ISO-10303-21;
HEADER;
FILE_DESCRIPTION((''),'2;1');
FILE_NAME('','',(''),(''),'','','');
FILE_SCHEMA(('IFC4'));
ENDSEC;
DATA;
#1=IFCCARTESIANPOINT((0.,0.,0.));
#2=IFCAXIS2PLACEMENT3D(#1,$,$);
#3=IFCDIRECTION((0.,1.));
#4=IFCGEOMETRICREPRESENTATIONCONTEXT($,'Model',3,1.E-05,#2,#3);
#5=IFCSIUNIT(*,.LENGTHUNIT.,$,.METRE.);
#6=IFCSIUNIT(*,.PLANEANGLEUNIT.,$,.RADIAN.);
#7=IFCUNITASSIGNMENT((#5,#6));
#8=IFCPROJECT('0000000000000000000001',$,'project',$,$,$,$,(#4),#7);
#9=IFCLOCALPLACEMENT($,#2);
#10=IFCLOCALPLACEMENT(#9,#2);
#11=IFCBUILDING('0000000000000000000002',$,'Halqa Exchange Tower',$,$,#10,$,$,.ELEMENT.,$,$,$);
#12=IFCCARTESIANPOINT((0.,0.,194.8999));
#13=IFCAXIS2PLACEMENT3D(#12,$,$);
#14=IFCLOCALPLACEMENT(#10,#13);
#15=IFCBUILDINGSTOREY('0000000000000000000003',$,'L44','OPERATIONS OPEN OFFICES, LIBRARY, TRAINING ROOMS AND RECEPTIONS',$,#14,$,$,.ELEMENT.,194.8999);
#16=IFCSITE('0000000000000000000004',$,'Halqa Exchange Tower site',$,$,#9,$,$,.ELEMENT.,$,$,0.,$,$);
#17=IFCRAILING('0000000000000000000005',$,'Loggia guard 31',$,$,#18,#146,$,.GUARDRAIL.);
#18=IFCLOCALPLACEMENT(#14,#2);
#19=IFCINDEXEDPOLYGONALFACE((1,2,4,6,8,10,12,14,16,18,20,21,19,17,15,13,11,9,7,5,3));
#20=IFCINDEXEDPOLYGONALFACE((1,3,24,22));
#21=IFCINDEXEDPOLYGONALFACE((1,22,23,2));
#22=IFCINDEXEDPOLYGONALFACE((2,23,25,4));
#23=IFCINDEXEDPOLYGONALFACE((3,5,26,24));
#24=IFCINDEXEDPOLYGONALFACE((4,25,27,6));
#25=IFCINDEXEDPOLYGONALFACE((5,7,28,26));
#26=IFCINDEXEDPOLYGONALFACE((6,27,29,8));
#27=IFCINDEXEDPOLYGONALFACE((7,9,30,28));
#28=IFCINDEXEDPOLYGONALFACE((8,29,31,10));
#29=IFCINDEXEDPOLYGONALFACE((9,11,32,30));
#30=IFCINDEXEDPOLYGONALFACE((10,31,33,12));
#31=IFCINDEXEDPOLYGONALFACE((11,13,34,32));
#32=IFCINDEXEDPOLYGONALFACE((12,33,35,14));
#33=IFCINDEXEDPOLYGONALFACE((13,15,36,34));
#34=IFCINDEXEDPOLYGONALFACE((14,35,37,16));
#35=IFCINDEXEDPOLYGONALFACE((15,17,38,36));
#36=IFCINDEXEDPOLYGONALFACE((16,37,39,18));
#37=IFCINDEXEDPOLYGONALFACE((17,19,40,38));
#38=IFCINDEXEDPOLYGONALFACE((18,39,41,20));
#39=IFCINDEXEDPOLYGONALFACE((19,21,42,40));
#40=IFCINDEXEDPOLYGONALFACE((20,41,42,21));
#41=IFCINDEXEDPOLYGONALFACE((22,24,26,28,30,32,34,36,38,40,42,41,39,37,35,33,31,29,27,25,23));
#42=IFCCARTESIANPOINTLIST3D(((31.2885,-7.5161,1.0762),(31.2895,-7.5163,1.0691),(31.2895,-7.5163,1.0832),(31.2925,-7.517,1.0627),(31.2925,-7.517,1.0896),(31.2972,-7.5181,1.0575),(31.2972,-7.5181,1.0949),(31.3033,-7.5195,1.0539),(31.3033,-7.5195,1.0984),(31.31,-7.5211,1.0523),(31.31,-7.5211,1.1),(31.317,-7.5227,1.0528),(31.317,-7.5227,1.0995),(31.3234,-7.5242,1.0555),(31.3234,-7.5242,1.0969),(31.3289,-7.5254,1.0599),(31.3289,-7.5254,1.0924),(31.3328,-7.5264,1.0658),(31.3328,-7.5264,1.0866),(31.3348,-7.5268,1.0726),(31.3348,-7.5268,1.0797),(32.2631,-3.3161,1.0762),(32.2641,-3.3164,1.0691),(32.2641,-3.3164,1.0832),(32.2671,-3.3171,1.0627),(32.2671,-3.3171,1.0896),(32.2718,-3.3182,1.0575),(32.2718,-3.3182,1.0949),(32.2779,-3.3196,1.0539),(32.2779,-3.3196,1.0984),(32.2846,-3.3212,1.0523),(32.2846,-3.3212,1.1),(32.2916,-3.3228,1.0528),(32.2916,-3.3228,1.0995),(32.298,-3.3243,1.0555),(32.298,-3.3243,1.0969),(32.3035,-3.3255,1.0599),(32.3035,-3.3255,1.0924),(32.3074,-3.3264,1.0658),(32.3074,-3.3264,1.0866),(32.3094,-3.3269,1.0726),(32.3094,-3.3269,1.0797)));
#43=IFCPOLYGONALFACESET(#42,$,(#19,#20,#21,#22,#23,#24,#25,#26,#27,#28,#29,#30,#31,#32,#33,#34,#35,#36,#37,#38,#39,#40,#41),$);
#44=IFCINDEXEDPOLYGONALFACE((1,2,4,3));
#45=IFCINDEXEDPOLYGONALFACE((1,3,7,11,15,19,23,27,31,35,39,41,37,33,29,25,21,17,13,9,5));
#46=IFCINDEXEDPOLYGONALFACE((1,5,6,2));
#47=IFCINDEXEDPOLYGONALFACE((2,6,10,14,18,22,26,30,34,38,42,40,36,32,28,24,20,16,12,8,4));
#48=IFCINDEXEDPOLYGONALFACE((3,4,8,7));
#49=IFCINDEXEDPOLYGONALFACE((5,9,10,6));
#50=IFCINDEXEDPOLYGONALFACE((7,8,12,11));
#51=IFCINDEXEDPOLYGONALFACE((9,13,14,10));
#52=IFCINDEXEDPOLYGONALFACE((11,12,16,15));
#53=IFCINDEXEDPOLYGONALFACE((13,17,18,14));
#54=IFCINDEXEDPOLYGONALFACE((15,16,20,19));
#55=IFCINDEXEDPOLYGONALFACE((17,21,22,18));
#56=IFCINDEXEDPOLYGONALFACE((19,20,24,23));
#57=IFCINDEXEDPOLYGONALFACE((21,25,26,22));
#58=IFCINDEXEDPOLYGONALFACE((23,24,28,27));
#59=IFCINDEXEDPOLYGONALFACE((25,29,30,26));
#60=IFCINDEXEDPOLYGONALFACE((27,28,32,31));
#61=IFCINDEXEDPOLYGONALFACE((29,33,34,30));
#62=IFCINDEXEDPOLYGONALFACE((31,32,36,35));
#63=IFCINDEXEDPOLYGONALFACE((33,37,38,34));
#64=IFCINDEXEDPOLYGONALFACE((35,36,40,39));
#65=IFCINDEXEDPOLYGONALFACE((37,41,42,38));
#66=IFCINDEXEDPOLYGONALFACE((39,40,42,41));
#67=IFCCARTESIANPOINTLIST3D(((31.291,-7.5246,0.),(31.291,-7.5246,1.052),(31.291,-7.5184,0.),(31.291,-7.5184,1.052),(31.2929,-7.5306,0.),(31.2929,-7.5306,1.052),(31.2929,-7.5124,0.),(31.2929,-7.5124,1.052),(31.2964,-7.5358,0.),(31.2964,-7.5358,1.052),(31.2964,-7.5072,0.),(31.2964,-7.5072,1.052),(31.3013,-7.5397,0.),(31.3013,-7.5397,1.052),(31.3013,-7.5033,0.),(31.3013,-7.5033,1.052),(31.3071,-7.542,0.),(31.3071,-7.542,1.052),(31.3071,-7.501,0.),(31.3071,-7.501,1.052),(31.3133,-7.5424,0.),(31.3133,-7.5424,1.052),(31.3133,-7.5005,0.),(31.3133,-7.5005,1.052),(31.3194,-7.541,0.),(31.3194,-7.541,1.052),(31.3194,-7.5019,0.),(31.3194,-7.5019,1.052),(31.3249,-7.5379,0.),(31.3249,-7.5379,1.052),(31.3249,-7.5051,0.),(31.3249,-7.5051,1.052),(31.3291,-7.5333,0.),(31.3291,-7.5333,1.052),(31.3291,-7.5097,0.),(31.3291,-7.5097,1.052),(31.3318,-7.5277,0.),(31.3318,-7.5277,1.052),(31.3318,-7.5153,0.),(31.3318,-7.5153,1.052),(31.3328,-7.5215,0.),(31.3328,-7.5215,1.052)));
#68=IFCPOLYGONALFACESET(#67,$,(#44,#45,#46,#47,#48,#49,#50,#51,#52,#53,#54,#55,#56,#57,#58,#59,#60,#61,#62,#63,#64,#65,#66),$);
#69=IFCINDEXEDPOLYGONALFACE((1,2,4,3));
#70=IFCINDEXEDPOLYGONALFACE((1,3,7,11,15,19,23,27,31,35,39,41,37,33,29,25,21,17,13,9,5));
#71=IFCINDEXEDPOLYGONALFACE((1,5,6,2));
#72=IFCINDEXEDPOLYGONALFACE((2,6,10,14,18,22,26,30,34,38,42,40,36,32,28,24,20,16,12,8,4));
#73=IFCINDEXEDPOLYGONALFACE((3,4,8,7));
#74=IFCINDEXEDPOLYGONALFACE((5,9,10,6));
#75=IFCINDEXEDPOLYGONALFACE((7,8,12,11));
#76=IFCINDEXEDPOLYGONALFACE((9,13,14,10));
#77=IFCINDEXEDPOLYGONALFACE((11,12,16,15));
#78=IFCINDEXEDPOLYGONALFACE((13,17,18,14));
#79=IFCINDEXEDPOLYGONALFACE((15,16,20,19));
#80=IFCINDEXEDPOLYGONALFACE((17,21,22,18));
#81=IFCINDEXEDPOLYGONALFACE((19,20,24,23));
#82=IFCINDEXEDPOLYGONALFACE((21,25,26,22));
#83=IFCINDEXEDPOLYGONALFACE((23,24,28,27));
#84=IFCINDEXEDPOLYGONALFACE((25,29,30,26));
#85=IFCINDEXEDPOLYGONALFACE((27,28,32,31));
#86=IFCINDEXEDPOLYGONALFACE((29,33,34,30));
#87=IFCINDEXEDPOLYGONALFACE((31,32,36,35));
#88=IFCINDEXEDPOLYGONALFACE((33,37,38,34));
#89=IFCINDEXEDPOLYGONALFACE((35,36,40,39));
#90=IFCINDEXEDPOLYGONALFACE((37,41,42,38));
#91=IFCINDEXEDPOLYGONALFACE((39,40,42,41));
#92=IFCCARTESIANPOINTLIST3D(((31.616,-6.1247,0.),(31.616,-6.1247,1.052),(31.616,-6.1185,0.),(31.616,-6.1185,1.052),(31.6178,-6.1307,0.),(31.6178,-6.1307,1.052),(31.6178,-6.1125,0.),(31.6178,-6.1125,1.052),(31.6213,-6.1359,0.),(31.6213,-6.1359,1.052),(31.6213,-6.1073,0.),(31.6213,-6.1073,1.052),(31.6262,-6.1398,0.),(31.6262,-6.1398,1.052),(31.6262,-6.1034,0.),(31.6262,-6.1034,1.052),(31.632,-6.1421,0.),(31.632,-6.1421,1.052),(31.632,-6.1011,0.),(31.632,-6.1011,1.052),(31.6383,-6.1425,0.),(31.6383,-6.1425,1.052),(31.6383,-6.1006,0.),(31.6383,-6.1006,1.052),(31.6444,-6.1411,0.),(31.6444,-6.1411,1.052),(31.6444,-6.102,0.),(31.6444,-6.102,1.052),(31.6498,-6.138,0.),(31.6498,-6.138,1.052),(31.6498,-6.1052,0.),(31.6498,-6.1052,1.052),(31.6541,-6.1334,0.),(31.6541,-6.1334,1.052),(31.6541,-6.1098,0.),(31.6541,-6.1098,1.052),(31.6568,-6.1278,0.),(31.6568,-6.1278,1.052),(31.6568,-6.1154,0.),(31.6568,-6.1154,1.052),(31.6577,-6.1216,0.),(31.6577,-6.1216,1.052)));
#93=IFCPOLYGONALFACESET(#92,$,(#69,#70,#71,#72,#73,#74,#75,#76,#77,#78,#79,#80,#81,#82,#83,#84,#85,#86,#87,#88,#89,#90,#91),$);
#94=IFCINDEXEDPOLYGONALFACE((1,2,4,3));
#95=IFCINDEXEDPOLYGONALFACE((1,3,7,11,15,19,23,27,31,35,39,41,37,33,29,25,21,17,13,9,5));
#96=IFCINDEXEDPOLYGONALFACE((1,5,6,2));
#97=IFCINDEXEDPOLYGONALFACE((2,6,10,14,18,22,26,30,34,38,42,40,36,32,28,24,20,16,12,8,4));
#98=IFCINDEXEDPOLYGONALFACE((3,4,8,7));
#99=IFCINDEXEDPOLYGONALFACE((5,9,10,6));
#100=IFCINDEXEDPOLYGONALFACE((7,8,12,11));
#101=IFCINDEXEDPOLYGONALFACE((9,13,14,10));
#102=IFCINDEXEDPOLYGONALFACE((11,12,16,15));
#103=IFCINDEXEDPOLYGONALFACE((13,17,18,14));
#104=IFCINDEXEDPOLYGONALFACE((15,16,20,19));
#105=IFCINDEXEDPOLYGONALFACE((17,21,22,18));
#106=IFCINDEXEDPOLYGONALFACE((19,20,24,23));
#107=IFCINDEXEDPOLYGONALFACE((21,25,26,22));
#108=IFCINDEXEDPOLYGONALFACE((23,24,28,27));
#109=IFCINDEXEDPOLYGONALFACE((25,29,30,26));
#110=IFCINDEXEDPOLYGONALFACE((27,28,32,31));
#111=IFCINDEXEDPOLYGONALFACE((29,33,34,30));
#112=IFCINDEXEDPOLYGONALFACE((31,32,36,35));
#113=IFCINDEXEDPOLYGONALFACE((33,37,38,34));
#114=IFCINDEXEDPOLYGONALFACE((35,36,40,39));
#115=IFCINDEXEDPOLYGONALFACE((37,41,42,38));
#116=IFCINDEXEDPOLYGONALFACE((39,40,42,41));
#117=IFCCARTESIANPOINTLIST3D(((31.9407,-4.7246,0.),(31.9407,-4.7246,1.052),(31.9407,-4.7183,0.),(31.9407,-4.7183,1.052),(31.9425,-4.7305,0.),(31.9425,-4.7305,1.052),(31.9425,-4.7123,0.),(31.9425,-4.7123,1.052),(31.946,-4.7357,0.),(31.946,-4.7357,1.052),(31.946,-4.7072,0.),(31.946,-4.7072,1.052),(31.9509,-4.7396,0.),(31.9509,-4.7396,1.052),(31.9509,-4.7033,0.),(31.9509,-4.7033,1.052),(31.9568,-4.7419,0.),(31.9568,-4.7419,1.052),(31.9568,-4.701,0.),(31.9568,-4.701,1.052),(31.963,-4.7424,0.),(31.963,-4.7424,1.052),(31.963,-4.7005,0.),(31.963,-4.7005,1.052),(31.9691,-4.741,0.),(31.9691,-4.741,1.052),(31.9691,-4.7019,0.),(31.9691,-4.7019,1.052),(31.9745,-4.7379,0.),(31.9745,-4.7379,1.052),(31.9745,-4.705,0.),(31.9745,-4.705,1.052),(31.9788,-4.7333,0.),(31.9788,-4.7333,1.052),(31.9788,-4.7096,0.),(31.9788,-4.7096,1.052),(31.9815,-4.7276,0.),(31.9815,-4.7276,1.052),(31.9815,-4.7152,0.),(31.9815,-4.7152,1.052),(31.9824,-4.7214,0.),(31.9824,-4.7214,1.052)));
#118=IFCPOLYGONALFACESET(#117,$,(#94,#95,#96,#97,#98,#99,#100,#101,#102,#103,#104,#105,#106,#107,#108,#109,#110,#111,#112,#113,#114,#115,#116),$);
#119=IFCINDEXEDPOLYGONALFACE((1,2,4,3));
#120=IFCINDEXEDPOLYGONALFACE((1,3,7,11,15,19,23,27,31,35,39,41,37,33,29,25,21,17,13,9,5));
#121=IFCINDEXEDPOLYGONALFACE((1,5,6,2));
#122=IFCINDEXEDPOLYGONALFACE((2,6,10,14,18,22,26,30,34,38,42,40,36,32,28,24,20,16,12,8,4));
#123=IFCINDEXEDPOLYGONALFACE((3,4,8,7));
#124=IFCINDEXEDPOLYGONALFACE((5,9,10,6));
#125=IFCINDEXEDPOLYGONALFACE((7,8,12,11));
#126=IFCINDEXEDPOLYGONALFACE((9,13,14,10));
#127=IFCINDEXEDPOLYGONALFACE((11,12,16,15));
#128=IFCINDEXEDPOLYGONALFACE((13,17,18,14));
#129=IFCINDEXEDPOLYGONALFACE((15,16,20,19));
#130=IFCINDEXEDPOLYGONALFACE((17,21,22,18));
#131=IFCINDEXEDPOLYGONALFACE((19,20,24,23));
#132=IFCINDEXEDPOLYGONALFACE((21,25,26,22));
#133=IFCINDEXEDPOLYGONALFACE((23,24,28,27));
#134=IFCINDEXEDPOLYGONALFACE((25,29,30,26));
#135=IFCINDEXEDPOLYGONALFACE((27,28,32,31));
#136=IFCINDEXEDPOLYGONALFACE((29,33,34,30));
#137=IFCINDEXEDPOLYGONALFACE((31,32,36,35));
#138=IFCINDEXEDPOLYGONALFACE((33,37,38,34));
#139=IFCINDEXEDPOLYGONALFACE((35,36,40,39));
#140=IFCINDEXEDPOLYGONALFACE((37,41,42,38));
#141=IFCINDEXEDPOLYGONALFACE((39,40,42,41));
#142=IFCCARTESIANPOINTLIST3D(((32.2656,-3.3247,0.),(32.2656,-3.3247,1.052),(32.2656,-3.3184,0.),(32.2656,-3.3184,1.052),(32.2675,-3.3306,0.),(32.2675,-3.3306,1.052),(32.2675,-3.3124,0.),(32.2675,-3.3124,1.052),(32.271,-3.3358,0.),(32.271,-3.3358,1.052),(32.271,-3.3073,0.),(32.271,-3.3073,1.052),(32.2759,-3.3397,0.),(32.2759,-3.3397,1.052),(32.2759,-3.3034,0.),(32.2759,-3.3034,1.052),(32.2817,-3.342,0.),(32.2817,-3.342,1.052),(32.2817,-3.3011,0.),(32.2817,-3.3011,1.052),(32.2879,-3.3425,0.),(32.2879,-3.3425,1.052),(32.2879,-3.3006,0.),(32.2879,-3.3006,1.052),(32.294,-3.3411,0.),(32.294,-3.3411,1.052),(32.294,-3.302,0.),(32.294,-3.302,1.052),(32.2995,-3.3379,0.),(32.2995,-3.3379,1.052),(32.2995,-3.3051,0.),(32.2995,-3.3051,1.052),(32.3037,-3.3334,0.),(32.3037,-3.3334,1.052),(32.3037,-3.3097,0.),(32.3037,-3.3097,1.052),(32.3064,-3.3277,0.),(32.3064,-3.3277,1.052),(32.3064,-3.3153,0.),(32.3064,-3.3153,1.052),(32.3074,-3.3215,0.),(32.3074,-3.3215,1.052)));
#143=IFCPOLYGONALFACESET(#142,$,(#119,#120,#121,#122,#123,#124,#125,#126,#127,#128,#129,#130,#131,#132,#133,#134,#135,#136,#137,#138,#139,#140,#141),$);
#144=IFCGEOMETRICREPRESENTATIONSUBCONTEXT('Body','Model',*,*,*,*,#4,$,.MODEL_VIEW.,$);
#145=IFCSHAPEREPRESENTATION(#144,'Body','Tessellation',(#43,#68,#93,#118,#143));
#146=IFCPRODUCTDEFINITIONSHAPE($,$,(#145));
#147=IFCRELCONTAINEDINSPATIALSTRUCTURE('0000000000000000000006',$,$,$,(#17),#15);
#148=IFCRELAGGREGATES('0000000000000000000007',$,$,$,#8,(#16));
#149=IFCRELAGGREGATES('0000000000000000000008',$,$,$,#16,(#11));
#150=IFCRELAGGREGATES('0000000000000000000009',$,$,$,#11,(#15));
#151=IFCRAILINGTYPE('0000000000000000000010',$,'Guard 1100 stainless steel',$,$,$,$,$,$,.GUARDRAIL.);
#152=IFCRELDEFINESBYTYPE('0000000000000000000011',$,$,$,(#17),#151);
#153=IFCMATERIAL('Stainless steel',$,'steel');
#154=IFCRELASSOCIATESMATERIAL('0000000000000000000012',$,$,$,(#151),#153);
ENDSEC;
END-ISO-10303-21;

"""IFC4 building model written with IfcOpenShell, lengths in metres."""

from ifc_helpers import new_model, si_unit, direction, frame, origin, origin_2d, place, context, subcontext, project, spatial, circle, extrude, material, type_object, element, save


model = new_model("IFC4")

# Units and contexts
model_context = context("Model", 3, precision=1e-05, world=origin(), true_north=direction((0.0, 1.0)))
body_context = subcontext(model_context, "Body", "Model", "MODEL_VIEW")
ifc_project = project(units=[si_unit("LENGTHUNIT", "METRE"), si_unit("PLANEANGLEUNIT", "RADIAN")], contexts=[model_context])

# Site, building, storey
site_placement = place(None, origin())
site = spatial("IfcSite", under=ifc_project, at=site_placement, Name="Halqa Exchange Tower site", CompositionType="ELEMENT", RefElevation=0.0)
building_placement = place(site_placement, origin())
building = spatial("IfcBuilding", under=site, at=building_placement, Name="Halqa Exchange Tower", CompositionType="ELEMENT")
storey_placement = place(building_placement, frame((0.0, 0.0, 194.8999)))
storey = spatial("IfcBuildingStorey", under=building, at=storey_placement, Name="L44", Description="OPERATIONS OPEN OFFICES, LIBRARY, TRAINING ROOMS AND RECEPTIONS", CompositionType="ELEMENT", Elevation=194.8999)

# Railing
ifc_material_1 = material(Name="Stainless steel", Category="steel")
railing_type = type_object("IfcRailingType", Name="Guard 1100 stainless steel", PredefinedType="GUARDRAIL", material=ifc_material_1)
railing_1_placement = place(storey_placement, frame((31.3118, -7.5215, 0.0)))
element("IfcRailing", 1, at=railing_1_placement, inside=storey, type_object=railing_type, Name="Loggia guard 31", PredefinedType="GUARDRAIL", context=body_context, shape_type="SweptSolid", body=[
    extrude(circle(Radius=0.0239, at=origin_2d()), frame((0.0, 0.0, 1.0762), z_axis=(0.226046, 0.974117, 0.0), x_axis=(-0.974117, 0.226046, 0.0)), (0.0, 0.0, 1.0), 4.3115),
    extrude(circle(Radius=0.021, at=origin_2d()), origin(), (0.0, 0.0, 1.0), 1.052),
    extrude(circle(Radius=0.021, at=origin_2d()), frame((0.325, 1.3999, 0.0)), (0.0, 0.0, 1.0), 1.052),
    extrude(circle(Radius=0.021, at=origin_2d()), frame((0.6497, 2.8, 0.0)), (0.0, 0.0, 1.0), 1.052),
    extrude(circle(Radius=0.021, at=origin_2d()), frame((0.9746, 4.2, 0.0)), (0.0, 0.0, 1.0), 1.052),
])

save(model, "model.ifc")
